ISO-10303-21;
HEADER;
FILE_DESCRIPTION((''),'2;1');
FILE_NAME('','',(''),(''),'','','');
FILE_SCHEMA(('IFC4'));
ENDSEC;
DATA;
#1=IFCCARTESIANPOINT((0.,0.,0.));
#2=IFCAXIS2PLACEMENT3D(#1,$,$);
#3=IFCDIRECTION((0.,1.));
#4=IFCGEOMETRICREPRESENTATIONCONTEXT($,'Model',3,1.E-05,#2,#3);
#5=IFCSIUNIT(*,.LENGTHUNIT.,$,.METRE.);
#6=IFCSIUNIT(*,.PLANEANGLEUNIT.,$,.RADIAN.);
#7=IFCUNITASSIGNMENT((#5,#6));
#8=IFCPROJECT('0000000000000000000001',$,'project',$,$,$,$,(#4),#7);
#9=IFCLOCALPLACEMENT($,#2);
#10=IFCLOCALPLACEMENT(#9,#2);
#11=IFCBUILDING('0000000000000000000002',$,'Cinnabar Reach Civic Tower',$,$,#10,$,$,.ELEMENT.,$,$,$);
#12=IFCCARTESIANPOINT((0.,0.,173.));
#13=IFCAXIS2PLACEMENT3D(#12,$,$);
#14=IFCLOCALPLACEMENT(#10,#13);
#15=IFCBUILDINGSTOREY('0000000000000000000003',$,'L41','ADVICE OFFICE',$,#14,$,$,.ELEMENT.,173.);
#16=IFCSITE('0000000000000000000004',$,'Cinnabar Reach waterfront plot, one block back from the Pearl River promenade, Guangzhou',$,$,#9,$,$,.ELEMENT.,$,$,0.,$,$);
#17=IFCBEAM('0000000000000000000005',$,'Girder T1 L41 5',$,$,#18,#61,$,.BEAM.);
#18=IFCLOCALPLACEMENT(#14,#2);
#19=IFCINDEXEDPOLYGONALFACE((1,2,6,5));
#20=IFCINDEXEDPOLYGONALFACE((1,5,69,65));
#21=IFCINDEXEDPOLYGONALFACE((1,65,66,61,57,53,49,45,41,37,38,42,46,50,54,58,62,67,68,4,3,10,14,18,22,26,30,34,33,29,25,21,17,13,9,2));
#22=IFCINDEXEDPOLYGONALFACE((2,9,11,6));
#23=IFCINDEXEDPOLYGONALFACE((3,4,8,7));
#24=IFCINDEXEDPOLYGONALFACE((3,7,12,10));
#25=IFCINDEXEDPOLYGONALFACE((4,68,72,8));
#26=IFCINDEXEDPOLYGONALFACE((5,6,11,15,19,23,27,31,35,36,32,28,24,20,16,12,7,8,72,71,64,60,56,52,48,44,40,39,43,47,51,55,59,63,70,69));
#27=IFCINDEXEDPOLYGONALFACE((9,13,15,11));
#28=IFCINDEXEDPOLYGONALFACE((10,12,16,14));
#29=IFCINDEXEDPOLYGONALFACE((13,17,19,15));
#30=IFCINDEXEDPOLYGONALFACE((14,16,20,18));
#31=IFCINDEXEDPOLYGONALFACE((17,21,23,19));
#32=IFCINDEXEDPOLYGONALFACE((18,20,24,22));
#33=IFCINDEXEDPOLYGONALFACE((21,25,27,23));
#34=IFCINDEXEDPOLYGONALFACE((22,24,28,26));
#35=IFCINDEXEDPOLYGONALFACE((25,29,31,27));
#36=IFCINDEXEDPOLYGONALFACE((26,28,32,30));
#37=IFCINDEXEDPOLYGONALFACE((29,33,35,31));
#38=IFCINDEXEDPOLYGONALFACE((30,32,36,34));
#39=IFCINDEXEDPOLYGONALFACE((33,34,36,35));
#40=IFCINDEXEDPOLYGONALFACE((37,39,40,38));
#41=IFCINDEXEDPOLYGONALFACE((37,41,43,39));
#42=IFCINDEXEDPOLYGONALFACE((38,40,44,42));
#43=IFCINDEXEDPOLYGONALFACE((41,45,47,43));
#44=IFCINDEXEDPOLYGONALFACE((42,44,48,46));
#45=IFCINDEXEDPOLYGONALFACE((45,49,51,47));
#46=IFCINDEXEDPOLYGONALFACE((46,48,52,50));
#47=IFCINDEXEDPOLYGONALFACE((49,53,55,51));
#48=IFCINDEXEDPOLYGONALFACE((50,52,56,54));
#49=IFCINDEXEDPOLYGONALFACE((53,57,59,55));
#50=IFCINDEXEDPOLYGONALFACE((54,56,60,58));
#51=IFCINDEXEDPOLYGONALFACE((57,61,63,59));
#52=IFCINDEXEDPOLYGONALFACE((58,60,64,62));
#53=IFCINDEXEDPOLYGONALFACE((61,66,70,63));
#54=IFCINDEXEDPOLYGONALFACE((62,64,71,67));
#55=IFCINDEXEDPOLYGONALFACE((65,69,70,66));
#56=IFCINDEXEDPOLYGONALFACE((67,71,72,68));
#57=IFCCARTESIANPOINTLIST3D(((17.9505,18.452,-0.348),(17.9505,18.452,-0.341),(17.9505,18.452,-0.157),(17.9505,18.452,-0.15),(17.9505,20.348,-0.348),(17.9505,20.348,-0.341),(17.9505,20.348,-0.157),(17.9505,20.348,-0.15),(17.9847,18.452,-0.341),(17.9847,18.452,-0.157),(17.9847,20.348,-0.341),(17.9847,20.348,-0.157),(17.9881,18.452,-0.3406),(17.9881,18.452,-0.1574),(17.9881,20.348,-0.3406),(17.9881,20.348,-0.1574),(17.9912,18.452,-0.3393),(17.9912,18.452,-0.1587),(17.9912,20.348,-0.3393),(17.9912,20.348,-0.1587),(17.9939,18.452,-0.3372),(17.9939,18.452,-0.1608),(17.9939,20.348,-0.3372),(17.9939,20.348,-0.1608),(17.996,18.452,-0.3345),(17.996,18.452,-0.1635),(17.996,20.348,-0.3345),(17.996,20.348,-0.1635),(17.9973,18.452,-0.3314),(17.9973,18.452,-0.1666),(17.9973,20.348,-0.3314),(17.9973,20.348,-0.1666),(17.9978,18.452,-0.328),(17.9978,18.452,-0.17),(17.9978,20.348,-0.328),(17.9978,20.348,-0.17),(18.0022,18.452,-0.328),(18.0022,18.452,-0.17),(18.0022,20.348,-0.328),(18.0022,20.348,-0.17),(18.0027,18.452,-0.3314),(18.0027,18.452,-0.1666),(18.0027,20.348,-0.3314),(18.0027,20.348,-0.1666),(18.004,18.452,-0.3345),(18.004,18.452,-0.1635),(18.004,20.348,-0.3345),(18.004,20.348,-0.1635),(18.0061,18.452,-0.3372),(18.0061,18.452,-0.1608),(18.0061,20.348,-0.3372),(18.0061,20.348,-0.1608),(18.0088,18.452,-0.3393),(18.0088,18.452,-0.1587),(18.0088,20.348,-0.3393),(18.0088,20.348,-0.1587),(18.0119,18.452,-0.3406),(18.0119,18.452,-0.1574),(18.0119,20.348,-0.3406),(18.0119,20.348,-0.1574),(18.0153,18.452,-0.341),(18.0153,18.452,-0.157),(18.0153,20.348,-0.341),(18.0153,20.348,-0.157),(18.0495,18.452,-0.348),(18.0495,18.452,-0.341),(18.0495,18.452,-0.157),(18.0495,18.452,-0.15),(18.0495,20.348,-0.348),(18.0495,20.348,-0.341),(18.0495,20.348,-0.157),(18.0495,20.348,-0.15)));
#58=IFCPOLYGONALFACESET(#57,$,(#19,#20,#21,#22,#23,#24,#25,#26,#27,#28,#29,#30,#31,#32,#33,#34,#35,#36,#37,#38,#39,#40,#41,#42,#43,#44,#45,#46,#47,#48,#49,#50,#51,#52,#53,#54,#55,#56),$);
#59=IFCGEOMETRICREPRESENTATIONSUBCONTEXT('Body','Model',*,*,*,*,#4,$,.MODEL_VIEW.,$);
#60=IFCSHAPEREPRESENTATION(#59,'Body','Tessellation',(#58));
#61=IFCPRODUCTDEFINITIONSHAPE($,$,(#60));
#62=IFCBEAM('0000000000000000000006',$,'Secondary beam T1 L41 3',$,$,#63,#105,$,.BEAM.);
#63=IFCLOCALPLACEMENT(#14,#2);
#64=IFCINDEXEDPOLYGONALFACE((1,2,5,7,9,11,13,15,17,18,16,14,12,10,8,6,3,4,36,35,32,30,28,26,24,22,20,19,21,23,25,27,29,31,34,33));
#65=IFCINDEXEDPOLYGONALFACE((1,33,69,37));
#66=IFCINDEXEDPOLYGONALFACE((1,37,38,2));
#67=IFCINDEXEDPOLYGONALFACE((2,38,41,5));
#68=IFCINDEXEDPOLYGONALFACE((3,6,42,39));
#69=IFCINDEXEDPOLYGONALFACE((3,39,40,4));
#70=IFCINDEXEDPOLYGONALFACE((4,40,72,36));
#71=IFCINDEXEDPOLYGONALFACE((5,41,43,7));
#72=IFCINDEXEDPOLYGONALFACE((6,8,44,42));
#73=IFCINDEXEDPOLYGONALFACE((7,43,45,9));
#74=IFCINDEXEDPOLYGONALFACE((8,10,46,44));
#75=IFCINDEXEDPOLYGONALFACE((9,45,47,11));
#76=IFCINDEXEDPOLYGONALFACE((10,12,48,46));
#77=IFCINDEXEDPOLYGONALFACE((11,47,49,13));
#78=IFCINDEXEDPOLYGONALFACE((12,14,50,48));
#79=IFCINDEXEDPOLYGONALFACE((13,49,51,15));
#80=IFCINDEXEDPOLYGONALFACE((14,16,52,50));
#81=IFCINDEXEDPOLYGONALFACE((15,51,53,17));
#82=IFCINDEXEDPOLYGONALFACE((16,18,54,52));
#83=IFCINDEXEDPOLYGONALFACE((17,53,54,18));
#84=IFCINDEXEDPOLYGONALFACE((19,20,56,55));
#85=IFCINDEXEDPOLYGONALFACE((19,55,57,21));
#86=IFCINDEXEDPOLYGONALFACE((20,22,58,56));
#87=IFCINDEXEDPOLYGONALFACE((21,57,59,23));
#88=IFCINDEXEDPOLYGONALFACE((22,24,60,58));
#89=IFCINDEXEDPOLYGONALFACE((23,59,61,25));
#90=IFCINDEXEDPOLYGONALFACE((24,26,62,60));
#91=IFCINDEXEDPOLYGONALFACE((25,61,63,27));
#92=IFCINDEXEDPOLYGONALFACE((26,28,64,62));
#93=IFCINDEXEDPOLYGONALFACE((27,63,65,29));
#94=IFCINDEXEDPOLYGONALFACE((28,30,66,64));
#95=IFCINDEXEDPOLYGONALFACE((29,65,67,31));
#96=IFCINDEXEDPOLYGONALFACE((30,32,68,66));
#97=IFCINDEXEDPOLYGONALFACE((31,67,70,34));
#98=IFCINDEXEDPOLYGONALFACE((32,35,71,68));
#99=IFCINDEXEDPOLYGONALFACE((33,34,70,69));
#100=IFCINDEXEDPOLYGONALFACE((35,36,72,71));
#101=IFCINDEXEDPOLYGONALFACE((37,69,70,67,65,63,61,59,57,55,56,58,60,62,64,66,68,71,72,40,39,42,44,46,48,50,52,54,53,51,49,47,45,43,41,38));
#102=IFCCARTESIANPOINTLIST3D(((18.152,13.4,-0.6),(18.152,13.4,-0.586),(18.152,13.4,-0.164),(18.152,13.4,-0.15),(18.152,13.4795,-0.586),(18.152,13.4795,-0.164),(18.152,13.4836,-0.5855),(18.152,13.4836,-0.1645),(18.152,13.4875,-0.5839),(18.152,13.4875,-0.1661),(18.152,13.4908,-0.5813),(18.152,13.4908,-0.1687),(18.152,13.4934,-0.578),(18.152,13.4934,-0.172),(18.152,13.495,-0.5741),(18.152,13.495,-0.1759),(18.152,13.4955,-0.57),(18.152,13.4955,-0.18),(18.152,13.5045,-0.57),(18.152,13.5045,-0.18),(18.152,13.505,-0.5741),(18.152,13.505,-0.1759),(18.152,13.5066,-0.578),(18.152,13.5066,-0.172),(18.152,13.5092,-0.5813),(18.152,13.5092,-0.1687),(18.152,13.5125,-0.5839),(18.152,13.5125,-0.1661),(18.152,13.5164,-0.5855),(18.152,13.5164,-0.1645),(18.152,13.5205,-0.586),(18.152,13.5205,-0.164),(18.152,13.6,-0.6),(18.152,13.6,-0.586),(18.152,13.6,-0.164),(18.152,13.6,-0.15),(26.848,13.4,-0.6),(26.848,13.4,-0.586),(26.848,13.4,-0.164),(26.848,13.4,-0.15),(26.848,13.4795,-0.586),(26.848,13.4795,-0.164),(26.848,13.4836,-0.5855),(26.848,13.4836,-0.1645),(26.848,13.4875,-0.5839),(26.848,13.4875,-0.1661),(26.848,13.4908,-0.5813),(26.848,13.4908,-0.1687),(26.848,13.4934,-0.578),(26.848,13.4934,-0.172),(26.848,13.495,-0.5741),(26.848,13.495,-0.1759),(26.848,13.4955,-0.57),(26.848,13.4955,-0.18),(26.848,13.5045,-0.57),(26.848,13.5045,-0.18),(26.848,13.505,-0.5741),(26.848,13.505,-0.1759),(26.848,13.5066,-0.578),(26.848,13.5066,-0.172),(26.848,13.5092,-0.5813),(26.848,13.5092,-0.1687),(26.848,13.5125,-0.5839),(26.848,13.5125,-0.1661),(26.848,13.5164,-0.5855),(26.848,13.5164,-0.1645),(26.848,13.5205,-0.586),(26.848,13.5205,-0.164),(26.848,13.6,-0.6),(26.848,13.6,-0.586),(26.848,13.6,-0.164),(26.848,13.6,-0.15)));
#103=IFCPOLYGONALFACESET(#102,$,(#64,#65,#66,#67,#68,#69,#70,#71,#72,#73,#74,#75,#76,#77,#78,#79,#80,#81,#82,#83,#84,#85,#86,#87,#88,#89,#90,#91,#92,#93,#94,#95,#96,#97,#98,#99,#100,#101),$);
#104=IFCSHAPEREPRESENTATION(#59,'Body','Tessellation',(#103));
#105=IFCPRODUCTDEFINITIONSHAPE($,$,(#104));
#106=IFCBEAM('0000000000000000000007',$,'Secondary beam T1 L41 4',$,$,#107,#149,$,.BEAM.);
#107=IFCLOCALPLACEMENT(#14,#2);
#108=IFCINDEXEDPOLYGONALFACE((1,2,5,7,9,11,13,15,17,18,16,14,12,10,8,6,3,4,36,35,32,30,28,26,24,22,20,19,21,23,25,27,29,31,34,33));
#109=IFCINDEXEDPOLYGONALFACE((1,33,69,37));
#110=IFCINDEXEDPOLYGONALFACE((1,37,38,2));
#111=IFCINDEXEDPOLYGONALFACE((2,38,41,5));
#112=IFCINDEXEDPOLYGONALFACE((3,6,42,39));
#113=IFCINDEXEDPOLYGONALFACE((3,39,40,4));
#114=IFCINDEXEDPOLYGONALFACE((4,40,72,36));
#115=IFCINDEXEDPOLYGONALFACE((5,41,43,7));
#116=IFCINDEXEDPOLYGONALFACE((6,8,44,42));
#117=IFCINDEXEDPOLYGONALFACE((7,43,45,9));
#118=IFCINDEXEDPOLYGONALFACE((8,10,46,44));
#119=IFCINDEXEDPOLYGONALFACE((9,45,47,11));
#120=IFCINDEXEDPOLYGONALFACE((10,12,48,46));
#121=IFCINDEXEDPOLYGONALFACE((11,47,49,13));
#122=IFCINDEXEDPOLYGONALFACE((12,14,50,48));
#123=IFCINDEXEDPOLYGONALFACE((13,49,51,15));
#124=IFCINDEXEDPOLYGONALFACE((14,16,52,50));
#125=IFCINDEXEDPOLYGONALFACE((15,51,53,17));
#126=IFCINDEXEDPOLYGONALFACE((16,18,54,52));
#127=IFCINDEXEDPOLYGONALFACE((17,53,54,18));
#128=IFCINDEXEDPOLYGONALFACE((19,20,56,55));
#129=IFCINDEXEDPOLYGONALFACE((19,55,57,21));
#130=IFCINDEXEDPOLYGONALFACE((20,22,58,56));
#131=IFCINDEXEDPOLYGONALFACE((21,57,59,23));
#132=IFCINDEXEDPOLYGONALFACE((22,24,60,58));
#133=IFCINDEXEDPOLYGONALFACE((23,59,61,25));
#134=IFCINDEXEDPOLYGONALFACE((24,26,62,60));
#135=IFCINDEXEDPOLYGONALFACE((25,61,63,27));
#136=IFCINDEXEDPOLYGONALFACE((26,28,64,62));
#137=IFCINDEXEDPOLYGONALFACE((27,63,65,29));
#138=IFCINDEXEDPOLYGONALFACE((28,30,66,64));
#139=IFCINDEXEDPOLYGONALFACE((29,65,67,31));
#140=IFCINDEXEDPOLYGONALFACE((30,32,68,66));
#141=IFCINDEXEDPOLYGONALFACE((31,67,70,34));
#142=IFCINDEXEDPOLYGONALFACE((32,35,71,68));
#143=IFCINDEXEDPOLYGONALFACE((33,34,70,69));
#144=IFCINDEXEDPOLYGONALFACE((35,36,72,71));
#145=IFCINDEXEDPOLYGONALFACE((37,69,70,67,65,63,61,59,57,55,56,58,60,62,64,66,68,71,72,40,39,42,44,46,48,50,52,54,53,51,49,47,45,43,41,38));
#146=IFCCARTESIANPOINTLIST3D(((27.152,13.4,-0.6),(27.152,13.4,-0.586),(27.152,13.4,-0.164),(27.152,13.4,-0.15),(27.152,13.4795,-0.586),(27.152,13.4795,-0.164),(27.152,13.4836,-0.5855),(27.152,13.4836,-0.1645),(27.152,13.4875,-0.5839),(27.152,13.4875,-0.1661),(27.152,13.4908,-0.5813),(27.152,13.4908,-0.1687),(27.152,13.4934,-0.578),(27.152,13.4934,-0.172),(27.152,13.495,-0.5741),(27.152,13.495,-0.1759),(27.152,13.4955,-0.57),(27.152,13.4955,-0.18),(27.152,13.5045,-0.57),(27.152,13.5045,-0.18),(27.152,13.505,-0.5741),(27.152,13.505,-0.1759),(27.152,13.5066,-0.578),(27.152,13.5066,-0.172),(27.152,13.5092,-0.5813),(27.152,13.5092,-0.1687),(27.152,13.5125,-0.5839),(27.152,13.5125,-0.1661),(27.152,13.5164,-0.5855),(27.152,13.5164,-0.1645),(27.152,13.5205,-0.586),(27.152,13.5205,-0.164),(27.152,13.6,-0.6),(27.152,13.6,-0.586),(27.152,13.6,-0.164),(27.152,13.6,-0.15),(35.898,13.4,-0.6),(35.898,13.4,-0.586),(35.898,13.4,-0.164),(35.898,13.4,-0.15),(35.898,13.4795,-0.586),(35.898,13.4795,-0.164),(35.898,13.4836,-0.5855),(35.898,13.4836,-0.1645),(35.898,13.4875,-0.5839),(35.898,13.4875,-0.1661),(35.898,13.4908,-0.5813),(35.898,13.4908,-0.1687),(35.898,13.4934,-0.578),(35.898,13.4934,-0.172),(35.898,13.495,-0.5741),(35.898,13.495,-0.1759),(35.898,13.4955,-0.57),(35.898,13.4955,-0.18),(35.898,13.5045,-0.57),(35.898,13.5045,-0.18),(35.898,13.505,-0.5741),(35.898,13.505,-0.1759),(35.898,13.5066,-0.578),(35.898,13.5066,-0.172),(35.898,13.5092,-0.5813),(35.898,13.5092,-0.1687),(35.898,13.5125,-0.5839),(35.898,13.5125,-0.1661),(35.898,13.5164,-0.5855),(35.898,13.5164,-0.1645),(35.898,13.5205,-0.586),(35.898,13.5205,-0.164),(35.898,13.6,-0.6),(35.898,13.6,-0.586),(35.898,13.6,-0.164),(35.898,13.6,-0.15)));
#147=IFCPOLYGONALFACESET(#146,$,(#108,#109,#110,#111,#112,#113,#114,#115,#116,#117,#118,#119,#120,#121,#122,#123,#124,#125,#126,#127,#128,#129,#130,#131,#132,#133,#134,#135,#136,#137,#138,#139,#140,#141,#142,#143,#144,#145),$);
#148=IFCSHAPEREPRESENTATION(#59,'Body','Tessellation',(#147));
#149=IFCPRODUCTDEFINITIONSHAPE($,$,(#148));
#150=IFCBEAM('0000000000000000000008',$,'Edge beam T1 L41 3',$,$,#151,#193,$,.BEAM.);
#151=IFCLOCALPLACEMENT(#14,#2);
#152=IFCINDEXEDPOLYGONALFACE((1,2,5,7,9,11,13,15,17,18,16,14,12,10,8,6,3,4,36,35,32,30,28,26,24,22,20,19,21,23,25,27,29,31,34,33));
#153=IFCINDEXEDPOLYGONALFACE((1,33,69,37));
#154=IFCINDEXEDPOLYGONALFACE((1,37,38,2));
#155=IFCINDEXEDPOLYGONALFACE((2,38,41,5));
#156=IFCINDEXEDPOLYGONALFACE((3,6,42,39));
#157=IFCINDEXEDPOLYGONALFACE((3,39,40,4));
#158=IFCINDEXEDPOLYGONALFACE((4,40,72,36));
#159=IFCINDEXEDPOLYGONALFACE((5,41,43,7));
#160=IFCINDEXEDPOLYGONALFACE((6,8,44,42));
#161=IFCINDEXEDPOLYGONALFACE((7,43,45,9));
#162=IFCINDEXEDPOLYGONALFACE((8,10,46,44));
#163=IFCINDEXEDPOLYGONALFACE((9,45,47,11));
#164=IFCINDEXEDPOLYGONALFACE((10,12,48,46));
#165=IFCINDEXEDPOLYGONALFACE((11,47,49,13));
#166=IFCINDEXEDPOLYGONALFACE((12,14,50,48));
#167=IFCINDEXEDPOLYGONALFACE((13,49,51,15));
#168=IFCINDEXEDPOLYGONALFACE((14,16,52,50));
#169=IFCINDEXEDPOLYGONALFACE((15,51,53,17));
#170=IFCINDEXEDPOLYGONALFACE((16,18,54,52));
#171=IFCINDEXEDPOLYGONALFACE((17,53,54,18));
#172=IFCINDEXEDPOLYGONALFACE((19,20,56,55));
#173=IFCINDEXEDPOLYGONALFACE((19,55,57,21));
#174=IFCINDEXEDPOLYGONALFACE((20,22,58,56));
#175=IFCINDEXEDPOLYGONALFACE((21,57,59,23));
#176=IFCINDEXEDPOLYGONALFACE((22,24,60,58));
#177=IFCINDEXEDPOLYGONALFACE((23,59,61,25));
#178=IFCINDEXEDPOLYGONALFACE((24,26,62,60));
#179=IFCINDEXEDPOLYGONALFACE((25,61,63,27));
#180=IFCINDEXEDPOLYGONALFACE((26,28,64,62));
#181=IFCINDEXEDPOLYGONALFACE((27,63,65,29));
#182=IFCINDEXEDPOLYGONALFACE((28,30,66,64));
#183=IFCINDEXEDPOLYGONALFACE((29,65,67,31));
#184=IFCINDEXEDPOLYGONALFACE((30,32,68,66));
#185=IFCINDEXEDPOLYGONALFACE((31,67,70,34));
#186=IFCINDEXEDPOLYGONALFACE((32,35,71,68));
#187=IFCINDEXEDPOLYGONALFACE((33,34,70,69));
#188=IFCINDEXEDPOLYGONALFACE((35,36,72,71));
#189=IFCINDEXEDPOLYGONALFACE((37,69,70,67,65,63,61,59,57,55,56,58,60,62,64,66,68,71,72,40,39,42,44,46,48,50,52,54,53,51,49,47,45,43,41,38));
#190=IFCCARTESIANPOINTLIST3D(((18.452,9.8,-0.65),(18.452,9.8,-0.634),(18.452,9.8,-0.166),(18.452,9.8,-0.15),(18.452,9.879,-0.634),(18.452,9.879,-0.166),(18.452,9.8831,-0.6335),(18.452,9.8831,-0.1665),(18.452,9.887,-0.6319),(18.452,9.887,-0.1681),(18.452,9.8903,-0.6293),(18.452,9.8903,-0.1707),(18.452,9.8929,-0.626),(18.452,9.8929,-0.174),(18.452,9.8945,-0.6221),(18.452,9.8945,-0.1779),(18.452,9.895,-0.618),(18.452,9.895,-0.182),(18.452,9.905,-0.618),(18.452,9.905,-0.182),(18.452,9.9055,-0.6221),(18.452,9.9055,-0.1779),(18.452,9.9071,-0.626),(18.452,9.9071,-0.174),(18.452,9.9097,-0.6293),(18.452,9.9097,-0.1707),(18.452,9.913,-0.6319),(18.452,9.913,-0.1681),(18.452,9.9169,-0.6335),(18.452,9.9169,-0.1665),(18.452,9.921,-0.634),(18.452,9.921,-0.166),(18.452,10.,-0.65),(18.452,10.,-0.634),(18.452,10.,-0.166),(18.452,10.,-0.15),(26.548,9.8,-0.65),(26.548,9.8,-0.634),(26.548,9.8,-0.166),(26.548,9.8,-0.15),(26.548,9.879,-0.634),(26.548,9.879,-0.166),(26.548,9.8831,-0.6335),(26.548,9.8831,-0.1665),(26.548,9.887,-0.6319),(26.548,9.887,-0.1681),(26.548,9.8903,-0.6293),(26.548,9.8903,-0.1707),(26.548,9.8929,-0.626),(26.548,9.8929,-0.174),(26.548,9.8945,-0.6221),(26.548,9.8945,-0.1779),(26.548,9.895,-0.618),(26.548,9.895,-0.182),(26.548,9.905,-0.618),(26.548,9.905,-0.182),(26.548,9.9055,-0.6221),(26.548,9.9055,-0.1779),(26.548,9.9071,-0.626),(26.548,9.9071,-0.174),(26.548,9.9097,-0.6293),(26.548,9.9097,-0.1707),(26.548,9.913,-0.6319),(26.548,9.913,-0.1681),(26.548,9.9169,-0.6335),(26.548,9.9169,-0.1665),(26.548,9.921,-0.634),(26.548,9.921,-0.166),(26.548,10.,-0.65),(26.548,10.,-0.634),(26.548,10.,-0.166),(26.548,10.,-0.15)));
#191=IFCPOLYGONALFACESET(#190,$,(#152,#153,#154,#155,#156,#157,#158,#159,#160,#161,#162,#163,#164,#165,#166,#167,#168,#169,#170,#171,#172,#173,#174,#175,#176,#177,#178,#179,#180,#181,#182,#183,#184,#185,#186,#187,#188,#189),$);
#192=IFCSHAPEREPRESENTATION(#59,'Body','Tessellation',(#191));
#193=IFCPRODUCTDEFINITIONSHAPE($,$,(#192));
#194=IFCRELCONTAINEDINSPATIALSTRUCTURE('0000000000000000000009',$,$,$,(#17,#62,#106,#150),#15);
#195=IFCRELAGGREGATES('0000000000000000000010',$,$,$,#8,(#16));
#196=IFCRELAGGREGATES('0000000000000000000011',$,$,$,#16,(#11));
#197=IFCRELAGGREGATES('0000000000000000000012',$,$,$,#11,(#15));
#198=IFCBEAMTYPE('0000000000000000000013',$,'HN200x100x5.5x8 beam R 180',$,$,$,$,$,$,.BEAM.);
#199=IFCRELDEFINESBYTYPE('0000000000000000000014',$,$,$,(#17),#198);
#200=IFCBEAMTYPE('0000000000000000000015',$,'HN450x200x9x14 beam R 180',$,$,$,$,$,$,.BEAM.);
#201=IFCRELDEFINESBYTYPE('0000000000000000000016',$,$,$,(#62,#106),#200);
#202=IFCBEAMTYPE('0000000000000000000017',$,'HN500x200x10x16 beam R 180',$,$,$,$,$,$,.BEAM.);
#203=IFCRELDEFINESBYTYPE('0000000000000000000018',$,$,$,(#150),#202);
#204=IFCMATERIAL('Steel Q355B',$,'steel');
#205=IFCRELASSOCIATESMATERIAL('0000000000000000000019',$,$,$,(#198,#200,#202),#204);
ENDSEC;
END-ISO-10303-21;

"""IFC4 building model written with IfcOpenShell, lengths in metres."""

from ifc_helpers import new_model, si_unit, direction, frame, origin, origin_2d, place, context, subcontext, project, spatial, i_section, extrude, material, material_profile, profile_set, type_object, element, save


model = new_model("IFC4")

# Units and contexts
model_context = context("Model", 3, precision=1e-05, world=origin(), true_north=direction((0.0, 1.0)))
body_context = subcontext(model_context, "Body", "Model", "MODEL_VIEW")
ifc_project = project(units=[si_unit("LENGTHUNIT", "METRE"), si_unit("PLANEANGLEUNIT", "RADIAN")], contexts=[model_context])

# Site, building, storey
site_placement = place(None, origin())
site = spatial("IfcSite", under=ifc_project, at=site_placement, Name="Cinnabar Reach waterfront plot, one block back from the Pearl River promenade, Guangzhou", CompositionType="ELEMENT", RefElevation=0.0)
building_placement = place(site_placement, origin())
building = spatial("IfcBuilding", under=site, at=building_placement, Name="Cinnabar Reach Civic Tower", CompositionType="ELEMENT")
storey_placement = place(building_placement, frame((0.0, 0.0, 173.0)))
storey = spatial("IfcBuildingStorey", under=building, at=storey_placement, Name="L41", Description="ADVICE OFFICE", CompositionType="ELEMENT", Elevation=173.0)

# Beams
ifc_material_1 = material(Name="Steel Q355B", Category="steel")
ifc_material_profile_1 = material_profile(ifc_material_1, i_section(OverallWidth=0.099, OverallDepth=0.198, WebThickness=0.0045, FlangeThickness=0.007, FilletRadius=0.013, at=origin_2d()), Name="HN200x100x5.5x8")
ifc_profile_set_1 = profile_set([ifc_material_profile_1], Name="Steel Q355B")
beam_type_1 = type_object("IfcBeamType", Name="HN200x100x5.5x8 beam R 180", PredefinedType="BEAM", material=ifc_profile_set_1)
beam_1_placement = place(storey_placement, frame((18.0, 18.452, -0.249), z_axis=(0.0, 1.0, 0.0), x_axis=(-1.0, 0.0, 0.0)))
element("IfcBeam", 1, at=beam_1_placement, inside=storey, type_object=beam_type_1, Name="Girder T1 L41 5", PredefinedType="BEAM", context=body_context, shape_type="SweptSolid", body=[
    extrude(i_section(OverallWidth=0.099, OverallDepth=0.198, WebThickness=0.0045, FlangeThickness=0.007, FilletRadius=0.013, at=origin_2d()), origin(), (0.0, 0.0, 1.0), 1.896),
])
ifc_material_profile_2 = material_profile(ifc_material_1, i_section(OverallWidth=0.2, OverallDepth=0.45, WebThickness=0.009, FlangeThickness=0.014, FilletRadius=0.016, at=origin_2d()), Name="HN450x200x9x14")
ifc_profile_set_2 = profile_set([ifc_material_profile_2], Name="Steel Q355B")
beam_type_2 = type_object("IfcBeamType", Name="HN450x200x9x14 beam R 180", PredefinedType="BEAM", material=ifc_profile_set_2)
beam_2_placement = place(storey_placement, frame((18.152, 13.5, -0.375), z_axis=(1.0, 0.0, 0.0), x_axis=(0.0, 1.0, 0.0)))
element("IfcBeam", 2, at=beam_2_placement, inside=storey, type_object=beam_type_2, Name="Secondary beam T1 L41 3", PredefinedType="BEAM", context=body_context, shape_type="SweptSolid", body=[
    extrude(i_section(OverallWidth=0.2, OverallDepth=0.45, WebThickness=0.009, FlangeThickness=0.014, FilletRadius=0.016, at=origin_2d()), origin(), (0.0, 0.0, 1.0), 8.696),
])
beam_3_placement = place(storey_placement, frame((27.152, 13.5, -0.375), z_axis=(1.0, 0.0, 0.0), x_axis=(0.0, 1.0, 0.0)))
element("IfcBeam", 3, at=beam_3_placement, inside=storey, type_object=beam_type_2, Name="Secondary beam T1 L41 4", PredefinedType="BEAM", context=body_context, shape_type="SweptSolid", body=[
    extrude(i_section(OverallWidth=0.2, OverallDepth=0.45, WebThickness=0.009, FlangeThickness=0.014, FilletRadius=0.016, at=origin_2d()), origin(), (0.0, 0.0, 1.0), 8.746),
])
ifc_material_profile_3 = material_profile(ifc_material_1, i_section(OverallWidth=0.2, OverallDepth=0.5, WebThickness=0.01, FlangeThickness=0.016, FilletRadius=0.016, at=origin_2d()), Name="HN500x200x10x16")
ifc_profile_set_3 = profile_set([ifc_material_profile_3], Name="Steel Q355B")
beam_type_3 = type_object("IfcBeamType", Name="HN500x200x10x16 beam R 180", PredefinedType="BEAM", material=ifc_profile_set_3)
beam_4_placement = place(storey_placement, frame((18.452, 9.9, -0.4), z_axis=(1.0, 0.0, 0.0), x_axis=(0.0, 1.0, 0.0)))
element("IfcBeam", 4, at=beam_4_placement, inside=storey, type_object=beam_type_3, Name="Edge beam T1 L41 3", PredefinedType="BEAM", context=body_context, shape_type="SweptSolid", body=[
    extrude(i_section(OverallWidth=0.2, OverallDepth=0.5, WebThickness=0.01, FlangeThickness=0.016, FilletRadius=0.016, at=origin_2d()), origin(), (0.0, 0.0, 1.0), 8.096),
])

save(model, "model.ifc")
